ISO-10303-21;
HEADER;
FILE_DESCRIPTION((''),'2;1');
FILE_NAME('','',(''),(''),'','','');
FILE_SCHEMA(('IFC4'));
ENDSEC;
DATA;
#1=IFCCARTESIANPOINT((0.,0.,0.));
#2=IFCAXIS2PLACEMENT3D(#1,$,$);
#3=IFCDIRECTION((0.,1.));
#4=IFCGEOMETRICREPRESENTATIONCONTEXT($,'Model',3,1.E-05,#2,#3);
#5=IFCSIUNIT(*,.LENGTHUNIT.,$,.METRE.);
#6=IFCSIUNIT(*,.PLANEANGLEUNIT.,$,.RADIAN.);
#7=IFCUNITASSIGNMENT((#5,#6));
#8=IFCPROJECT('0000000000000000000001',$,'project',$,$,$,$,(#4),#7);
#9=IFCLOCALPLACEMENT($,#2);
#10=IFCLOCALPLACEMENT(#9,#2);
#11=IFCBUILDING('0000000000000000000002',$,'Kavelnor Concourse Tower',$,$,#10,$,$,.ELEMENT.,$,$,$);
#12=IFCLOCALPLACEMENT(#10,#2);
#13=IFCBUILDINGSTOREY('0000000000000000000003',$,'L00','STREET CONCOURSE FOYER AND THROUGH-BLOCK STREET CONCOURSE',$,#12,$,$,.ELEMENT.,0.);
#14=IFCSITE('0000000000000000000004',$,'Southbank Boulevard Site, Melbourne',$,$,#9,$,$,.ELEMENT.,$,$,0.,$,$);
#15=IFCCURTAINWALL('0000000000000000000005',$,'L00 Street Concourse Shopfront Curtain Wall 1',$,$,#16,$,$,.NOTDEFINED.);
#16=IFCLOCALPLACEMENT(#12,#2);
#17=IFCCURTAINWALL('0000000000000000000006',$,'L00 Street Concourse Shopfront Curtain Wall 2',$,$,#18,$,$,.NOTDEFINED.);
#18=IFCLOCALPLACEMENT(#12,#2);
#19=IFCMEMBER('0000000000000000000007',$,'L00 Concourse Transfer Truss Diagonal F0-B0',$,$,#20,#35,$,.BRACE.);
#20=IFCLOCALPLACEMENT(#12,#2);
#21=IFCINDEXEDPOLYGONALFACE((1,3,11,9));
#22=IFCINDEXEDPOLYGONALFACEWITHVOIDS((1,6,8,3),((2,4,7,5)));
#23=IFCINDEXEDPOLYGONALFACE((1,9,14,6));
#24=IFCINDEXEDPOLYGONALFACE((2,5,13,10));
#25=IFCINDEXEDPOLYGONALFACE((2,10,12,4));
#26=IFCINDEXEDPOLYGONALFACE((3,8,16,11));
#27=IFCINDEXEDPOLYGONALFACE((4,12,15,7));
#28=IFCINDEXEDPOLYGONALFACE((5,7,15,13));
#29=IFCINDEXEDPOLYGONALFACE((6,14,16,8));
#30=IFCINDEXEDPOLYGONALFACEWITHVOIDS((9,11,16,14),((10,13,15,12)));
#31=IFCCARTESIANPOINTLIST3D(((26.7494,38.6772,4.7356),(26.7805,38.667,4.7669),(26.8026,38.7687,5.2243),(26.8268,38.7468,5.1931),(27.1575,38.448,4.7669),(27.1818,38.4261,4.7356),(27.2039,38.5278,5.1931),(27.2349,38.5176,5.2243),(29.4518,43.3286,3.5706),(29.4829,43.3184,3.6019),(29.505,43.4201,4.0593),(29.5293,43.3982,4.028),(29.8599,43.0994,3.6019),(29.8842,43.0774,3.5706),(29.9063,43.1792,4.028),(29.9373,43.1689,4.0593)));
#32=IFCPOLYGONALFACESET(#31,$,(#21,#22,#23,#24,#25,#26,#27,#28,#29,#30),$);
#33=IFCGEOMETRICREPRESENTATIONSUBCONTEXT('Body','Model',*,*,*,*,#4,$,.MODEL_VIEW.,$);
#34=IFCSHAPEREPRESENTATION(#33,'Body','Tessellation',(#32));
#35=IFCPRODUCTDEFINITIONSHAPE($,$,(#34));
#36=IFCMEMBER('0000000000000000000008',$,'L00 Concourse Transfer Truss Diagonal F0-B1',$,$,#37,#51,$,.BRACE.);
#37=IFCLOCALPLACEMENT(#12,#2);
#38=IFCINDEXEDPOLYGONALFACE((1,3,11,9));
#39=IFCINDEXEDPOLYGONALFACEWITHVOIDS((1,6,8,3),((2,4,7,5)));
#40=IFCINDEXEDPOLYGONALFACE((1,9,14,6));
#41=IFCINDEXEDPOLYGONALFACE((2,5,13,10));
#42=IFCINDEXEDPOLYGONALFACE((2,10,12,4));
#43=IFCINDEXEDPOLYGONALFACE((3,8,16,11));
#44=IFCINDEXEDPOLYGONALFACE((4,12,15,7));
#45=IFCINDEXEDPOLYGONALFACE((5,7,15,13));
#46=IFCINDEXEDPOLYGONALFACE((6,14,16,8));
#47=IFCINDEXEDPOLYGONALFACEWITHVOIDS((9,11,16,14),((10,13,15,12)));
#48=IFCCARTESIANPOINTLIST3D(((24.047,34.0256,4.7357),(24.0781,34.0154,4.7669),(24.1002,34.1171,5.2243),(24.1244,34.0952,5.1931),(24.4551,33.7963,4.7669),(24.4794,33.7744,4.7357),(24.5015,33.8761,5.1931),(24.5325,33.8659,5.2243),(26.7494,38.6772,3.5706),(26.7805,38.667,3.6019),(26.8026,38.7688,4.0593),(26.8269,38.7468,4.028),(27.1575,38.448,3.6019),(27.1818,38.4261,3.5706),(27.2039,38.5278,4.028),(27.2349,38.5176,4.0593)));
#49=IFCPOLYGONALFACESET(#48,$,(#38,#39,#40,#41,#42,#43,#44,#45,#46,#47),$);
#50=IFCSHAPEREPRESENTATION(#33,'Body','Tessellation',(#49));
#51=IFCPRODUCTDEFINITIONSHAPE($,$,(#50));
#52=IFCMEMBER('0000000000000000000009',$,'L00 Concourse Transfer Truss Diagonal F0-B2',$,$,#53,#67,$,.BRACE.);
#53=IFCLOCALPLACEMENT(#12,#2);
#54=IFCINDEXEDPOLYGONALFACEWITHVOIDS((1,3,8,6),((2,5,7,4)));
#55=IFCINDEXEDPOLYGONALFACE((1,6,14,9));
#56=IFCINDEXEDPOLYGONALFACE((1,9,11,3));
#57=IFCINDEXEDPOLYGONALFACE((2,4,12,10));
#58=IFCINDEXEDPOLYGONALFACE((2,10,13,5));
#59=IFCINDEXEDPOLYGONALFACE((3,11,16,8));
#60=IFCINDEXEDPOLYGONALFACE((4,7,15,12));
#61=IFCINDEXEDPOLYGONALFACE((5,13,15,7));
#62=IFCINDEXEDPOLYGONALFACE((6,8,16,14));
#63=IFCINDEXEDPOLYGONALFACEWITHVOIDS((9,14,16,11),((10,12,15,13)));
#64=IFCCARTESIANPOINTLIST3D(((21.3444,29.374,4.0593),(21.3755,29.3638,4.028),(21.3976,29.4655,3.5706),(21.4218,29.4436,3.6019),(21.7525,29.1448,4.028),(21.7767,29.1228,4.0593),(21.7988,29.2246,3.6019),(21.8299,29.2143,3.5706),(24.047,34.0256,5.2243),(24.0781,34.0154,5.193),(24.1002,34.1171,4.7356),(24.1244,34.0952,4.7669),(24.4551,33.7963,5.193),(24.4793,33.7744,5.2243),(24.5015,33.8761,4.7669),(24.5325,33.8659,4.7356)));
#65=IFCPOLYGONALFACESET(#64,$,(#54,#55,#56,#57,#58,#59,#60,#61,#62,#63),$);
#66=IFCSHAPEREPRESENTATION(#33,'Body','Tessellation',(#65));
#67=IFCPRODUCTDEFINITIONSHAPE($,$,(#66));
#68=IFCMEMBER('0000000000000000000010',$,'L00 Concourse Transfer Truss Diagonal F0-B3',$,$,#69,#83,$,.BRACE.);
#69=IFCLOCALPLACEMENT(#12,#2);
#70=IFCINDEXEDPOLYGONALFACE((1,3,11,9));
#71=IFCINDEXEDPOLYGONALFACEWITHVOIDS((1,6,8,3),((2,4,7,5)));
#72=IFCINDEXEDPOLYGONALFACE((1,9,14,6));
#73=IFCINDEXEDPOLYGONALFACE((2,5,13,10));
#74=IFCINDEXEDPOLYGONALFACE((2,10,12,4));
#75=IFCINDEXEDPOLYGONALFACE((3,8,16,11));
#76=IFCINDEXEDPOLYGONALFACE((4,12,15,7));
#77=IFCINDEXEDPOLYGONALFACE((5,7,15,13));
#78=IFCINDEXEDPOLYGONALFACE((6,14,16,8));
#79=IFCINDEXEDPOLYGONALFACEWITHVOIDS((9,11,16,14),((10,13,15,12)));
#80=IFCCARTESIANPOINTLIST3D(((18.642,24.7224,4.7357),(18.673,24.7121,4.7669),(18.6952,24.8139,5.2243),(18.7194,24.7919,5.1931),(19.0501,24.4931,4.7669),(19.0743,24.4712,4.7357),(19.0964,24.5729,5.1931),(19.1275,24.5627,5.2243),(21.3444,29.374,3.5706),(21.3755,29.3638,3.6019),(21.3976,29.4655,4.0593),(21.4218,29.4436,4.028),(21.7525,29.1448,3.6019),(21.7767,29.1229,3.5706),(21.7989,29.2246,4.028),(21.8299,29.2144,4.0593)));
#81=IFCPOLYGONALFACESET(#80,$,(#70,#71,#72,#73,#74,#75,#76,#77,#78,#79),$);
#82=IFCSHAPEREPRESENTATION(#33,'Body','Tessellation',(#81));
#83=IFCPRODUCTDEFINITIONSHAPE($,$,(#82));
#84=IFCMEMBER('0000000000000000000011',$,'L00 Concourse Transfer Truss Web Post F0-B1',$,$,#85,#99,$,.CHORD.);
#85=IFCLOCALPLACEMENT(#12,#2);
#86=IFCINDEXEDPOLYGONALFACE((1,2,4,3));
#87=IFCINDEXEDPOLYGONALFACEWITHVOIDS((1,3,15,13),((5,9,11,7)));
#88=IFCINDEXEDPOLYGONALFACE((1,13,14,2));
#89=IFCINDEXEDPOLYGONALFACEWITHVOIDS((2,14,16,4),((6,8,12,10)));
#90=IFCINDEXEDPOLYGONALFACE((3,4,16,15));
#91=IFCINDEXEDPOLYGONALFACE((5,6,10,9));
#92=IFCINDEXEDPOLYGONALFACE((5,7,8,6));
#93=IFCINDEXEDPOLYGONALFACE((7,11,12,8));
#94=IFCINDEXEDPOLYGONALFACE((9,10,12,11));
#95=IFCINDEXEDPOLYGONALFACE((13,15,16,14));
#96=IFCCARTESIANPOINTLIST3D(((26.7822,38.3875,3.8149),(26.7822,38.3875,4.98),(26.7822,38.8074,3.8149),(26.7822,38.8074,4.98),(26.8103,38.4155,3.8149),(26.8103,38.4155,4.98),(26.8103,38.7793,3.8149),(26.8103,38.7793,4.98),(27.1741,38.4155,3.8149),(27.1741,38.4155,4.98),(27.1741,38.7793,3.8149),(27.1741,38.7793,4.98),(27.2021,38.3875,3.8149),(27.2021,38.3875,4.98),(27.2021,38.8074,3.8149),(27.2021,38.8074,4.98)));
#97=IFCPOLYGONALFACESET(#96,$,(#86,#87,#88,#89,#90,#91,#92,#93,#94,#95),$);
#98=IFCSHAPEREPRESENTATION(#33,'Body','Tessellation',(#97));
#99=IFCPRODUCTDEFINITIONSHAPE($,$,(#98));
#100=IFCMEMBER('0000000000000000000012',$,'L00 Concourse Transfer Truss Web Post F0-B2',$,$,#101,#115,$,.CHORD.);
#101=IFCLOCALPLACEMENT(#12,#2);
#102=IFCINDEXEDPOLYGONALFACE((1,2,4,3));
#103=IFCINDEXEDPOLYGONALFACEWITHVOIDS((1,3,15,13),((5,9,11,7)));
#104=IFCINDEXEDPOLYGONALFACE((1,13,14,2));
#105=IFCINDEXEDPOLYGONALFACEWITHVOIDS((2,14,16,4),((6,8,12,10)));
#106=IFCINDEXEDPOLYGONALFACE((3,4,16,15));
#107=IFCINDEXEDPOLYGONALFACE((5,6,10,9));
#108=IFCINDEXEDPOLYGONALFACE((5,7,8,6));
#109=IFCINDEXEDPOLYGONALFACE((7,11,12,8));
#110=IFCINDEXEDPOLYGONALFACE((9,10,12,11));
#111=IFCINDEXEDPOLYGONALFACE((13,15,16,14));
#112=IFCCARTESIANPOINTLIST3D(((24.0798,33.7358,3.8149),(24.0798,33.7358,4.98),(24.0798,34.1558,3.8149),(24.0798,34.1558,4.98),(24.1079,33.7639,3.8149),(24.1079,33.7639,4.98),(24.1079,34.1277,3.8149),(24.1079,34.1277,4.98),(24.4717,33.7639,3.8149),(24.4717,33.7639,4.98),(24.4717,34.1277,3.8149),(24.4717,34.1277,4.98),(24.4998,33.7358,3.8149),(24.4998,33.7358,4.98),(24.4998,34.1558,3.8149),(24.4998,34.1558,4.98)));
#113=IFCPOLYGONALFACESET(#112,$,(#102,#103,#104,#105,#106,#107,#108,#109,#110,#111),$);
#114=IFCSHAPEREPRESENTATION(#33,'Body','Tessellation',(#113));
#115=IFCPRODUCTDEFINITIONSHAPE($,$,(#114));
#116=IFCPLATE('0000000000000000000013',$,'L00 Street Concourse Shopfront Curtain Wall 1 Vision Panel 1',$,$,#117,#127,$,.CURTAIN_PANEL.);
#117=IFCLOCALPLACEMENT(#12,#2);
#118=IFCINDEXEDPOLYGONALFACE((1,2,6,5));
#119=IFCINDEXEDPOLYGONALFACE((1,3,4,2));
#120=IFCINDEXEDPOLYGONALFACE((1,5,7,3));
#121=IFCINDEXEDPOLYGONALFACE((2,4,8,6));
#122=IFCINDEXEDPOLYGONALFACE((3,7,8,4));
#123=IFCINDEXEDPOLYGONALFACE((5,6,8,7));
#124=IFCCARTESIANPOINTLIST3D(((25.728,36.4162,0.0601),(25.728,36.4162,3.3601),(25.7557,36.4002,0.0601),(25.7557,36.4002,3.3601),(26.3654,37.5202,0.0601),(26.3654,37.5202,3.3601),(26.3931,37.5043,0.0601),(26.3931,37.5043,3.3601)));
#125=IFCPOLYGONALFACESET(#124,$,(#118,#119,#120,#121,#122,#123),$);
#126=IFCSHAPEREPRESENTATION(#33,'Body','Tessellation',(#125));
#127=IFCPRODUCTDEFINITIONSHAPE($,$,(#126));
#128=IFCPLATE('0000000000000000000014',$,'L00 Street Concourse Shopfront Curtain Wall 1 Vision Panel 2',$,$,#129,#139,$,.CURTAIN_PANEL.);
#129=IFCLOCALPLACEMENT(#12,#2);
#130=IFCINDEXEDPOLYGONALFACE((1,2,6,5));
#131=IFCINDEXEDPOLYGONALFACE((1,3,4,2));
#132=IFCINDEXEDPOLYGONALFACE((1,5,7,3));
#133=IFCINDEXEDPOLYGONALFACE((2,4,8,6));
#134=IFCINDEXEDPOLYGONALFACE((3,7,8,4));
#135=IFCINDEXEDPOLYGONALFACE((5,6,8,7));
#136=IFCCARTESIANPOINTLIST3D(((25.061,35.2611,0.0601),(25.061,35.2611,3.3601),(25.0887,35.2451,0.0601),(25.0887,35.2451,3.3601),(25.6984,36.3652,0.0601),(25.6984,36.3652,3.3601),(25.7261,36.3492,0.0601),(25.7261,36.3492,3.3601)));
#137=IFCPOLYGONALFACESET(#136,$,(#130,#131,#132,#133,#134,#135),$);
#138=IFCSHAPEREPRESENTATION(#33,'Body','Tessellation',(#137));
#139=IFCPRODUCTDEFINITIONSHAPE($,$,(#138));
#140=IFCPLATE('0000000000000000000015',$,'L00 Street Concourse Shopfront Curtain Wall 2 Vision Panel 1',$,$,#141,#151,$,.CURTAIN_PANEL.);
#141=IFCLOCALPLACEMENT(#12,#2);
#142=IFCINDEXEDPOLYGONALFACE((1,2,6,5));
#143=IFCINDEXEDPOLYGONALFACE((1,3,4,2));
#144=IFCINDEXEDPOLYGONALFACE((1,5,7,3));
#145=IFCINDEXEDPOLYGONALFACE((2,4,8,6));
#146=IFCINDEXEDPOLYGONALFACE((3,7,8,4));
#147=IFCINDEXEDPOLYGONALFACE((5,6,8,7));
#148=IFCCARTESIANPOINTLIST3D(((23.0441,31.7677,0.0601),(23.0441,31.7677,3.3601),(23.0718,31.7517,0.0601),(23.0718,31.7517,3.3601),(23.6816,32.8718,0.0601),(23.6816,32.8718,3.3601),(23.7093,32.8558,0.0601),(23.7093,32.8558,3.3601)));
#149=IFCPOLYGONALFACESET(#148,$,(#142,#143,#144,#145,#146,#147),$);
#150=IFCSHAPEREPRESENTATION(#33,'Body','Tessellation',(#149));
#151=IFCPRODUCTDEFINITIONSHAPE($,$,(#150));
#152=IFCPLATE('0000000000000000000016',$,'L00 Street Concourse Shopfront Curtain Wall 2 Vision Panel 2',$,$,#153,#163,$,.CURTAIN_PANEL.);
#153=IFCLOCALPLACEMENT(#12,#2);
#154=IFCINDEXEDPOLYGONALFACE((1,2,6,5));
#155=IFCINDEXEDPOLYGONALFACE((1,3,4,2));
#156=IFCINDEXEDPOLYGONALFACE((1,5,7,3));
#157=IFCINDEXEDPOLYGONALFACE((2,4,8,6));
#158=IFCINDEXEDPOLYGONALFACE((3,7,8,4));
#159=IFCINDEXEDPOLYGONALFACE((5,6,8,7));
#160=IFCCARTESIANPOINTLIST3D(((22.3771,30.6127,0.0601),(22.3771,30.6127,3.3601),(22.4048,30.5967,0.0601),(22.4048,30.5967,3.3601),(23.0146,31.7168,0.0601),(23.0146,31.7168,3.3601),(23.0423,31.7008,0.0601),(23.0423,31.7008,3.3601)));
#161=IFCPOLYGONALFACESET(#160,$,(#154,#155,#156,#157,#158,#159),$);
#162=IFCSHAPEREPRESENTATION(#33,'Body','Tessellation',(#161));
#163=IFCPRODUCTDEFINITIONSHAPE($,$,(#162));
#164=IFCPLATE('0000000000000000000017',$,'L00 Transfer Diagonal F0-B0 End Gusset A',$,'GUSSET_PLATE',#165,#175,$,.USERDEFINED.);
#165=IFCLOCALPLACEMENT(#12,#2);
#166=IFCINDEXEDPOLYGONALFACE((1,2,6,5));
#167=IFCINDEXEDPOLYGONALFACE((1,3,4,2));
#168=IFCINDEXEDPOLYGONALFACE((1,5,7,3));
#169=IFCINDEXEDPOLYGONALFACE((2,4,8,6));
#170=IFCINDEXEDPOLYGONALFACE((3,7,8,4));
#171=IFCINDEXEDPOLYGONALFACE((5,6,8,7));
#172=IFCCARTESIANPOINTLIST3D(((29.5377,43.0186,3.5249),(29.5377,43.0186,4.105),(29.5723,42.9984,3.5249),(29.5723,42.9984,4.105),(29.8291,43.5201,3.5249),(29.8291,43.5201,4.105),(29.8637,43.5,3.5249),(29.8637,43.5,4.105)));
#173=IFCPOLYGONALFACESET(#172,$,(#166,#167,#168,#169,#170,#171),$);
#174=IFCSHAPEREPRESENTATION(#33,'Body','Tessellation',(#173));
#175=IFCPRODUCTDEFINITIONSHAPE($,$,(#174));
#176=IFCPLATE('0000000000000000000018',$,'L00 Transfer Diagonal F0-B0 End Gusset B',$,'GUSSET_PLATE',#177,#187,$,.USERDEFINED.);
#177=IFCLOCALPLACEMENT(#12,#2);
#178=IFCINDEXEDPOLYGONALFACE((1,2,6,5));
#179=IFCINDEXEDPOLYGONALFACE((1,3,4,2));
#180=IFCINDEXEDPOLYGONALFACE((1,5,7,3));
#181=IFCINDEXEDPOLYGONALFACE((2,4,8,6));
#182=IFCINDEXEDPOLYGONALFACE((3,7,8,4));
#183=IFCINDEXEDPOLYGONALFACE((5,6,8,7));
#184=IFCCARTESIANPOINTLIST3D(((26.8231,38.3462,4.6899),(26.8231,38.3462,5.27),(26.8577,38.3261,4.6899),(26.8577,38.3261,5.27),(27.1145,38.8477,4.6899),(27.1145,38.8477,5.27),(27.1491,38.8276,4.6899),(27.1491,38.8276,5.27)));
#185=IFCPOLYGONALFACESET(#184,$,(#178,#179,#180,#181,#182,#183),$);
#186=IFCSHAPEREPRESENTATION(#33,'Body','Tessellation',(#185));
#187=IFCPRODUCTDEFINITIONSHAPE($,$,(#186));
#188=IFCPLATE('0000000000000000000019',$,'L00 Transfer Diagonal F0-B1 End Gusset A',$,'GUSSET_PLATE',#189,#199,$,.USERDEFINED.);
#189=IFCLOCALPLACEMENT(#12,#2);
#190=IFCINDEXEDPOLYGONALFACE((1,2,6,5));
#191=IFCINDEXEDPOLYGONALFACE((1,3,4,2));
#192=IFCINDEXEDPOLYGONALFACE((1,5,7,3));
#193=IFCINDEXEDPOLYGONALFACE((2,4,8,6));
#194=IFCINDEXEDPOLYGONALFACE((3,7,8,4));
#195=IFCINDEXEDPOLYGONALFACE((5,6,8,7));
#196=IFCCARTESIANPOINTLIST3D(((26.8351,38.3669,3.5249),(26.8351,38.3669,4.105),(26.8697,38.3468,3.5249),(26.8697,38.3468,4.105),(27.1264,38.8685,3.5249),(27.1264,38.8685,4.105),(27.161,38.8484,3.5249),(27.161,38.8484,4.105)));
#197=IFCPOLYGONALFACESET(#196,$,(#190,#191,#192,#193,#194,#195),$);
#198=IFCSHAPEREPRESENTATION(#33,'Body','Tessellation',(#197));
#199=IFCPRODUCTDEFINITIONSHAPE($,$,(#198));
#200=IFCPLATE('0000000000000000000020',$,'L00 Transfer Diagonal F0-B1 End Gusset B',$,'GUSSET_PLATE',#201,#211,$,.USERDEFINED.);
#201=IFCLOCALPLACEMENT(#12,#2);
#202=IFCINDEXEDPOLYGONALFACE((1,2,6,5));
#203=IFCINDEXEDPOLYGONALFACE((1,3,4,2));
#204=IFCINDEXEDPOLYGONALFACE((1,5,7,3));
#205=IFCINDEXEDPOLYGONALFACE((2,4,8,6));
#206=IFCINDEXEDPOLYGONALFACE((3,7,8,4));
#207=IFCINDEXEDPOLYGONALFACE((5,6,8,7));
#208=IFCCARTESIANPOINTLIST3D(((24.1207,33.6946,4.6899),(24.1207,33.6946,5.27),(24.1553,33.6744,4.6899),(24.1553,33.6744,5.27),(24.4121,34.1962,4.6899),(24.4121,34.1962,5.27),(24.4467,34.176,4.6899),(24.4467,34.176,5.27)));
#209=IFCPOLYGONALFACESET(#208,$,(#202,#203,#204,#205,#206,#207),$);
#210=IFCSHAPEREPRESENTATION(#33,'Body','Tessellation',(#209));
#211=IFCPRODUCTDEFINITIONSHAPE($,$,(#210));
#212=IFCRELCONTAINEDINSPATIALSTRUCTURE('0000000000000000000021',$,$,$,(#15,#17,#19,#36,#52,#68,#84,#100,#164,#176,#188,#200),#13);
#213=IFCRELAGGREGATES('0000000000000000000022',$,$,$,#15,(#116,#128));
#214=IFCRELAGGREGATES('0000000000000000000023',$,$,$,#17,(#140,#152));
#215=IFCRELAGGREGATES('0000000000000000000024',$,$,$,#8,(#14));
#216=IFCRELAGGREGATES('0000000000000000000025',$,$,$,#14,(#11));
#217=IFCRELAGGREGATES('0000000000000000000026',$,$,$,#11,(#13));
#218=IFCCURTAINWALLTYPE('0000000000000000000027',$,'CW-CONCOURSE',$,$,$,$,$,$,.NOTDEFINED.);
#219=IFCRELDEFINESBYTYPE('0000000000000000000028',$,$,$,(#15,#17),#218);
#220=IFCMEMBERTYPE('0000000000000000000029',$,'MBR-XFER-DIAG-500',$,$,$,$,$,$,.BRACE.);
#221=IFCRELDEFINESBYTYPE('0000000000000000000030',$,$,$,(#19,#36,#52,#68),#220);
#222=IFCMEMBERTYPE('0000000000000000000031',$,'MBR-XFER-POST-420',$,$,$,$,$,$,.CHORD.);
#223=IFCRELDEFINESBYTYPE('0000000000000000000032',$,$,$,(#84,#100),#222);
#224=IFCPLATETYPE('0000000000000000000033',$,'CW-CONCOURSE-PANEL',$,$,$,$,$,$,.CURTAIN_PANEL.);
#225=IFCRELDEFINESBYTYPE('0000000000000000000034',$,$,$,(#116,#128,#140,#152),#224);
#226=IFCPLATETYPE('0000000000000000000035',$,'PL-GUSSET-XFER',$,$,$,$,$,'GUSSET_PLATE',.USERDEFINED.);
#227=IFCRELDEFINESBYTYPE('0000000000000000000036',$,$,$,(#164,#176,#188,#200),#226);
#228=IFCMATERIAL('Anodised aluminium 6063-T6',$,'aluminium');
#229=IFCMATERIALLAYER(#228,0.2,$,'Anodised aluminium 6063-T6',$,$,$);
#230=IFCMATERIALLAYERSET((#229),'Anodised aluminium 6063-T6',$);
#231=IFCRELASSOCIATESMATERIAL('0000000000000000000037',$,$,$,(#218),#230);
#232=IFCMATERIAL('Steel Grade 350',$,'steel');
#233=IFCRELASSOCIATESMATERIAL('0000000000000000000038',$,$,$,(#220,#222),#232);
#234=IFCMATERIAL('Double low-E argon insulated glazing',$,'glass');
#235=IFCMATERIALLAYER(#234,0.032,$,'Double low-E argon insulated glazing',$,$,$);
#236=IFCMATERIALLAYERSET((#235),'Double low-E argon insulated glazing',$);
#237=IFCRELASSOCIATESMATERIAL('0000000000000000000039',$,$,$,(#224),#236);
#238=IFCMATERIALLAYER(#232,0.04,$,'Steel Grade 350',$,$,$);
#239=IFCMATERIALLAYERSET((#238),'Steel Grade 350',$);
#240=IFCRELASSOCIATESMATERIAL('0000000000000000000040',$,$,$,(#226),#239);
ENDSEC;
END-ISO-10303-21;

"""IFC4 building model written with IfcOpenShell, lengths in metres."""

from ifc_helpers import new_model, si_unit, direction, frame, origin, origin_2d, place, context, subcontext, project, spatial, rectangle, hollow_rectangle, extrude, material, layer, layer_set, material_profile, profile_set, type_object, element, aggregate, save


model = new_model("IFC4")

# Units and contexts
model_context = context("Model", 3, precision=1e-05, world=origin(), true_north=direction((0.0, 1.0)))
body_context = subcontext(model_context, "Body", "Model", "MODEL_VIEW")
ifc_project = project(units=[si_unit("LENGTHUNIT", "METRE"), si_unit("PLANEANGLEUNIT", "RADIAN")], contexts=[model_context])

# Site, building, storey
site_placement = place(None, origin())
site = spatial("IfcSite", under=ifc_project, at=site_placement, Name="Southbank Boulevard Site, Melbourne", CompositionType="ELEMENT", RefElevation=0.0)
building_placement = place(site_placement, origin())
building = spatial("IfcBuilding", under=site, at=building_placement, Name="Kavelnor Concourse Tower", CompositionType="ELEMENT")
storey_placement = place(building_placement, origin())
storey = spatial("IfcBuildingStorey", under=building, at=storey_placement, Name="L00", Description="STREET CONCOURSE FOYER AND THROUGH-BLOCK STREET CONCOURSE", CompositionType="ELEMENT", Elevation=0.0)

# Shared definitions
ifc_material_1 = material(Name="Steel Grade 350", Category="steel")

# Curtain walls
ifc_material_2 = material(Name="Anodised aluminium 6063-T6", Category="aluminium")
ifc_layer_1 = layer(ifc_material_2, 0.2, Name="Anodised aluminium 6063-T6")
ifc_layer_set_1 = layer_set([ifc_layer_1], Name="Anodised aluminium 6063-T6")
curtain_wall_type = type_object("IfcCurtainWallType", Name="CW-CONCOURSE", PredefinedType="NOTDEFINED", material=ifc_layer_set_1)
curtain_wall_1_placement = place(storey_placement, origin())
curtain_wall_1 = element("IfcCurtainWall", 1, at=curtain_wall_1_placement, inside=storey, type_object=curtain_wall_type, Name="L00 Street Concourse Shopfront Curtain Wall 1", PredefinedType="NOTDEFINED")
curtain_wall_2_placement = place(storey_placement, origin())
curtain_wall_2 = element("IfcCurtainWall", 2, at=curtain_wall_2_placement, inside=storey, type_object=curtain_wall_type, Name="L00 Street Concourse Shopfront Curtain Wall 2", PredefinedType="NOTDEFINED")

# Members
ifc_material_profile_1 = material_profile(ifc_material_1, hollow_rectangle(XDim=0.5, YDim=0.5, WallThickness=0.032, at=origin_2d()), Name="SHS 500x500x32")
ifc_profile_set_1 = profile_set([ifc_material_profile_1], Name="Steel Grade 350")
member_type_1 = type_object("IfcMemberType", Name="MBR-XFER-DIAG-500", PredefinedType="BRACE", material=ifc_profile_set_1)
member_1_placement = place(storey_placement, frame((29.6946, 43.2488, 3.8149), z_axis=(-0.490975, -0.845068, 0.211666), x_axis=(0.86466, -0.502358, 0.0)))
element("IfcMember", 3, at=member_1_placement, inside=storey, type_object=member_type_1, Name="L00 Concourse Transfer Truss Diagonal F0-B0", PredefinedType="BRACE", context=body_context, shape_type="SweptSolid", body=[
    extrude(hollow_rectangle(XDim=0.5, YDim=0.5, WallThickness=0.032, at=origin_2d()), origin(), (0.0, 0.0, 1.0), 5.5042),
])
for number, where, z_axis, x_axis, name in (
    (4, (26.9922, 38.5974, 3.8149), (-0.490957, -0.845081, 0.211658), (0.864671, -0.502338, 0.0), "L00 Concourse Transfer Truss Diagonal F0-B1"),
    (5, (21.5872, 29.2942, 3.8149), (0.490991, 0.845063, 0.211654), (-0.864652, 0.502372, 0.0), "L00 Concourse Transfer Truss Diagonal F0-B2"),
    (6, (21.5872, 29.2942, 3.8149), (-0.490957, -0.845081, 0.211658), (0.864671, -0.502338, 0.0), "L00 Concourse Transfer Truss Diagonal F0-B3"),
):
    element("IfcMember", number, at=place(storey_placement, frame(where, z_axis=z_axis, x_axis=x_axis)), inside=storey, type_object=member_type_1, Name=name, PredefinedType="BRACE", context=body_context, shape_type="SweptSolid", body=[
        extrude(hollow_rectangle(XDim=0.5, YDim=0.5, WallThickness=0.032, at=origin_2d()), origin(), (0.0, 0.0, 1.0), 5.5044),
    ])
ifc_material_profile_2 = material_profile(ifc_material_1, hollow_rectangle(XDim=0.4199, YDim=0.4199, WallThickness=0.0281, at=origin_2d()), Name="SHS 420x420x28")
ifc_profile_set_2 = profile_set([ifc_material_profile_2], Name="Steel Grade 350")
member_type_2 = type_object("IfcMemberType", Name="MBR-XFER-POST-420", PredefinedType="CHORD", material=ifc_profile_set_2)
for number, where, z_axis, x_axis, name in (
    (7, (26.9922, 38.5974, 3.8149), (0.0, 0.0, 1.0), (1.0, 0.0, 0.0), "L00 Concourse Transfer Truss Web Post F0-B1"),
    (8, (24.2898, 33.9458, 3.8149), (0.0, 0.0, 1.0), (1.0, 0.0, 0.0), "L00 Concourse Transfer Truss Web Post F0-B2"),
):
    element("IfcMember", number, at=place(storey_placement, frame(where, z_axis=z_axis, x_axis=x_axis)), inside=storey, type_object=member_type_2, Name=name, PredefinedType="CHORD", context=body_context, shape_type="SweptSolid", body=[
        extrude(hollow_rectangle(XDim=0.4199, YDim=0.4199, WallThickness=0.0281, at=origin_2d()), origin(), (0.0, 0.0, 1.0), 1.165),
    ])

# Plates
ifc_material_3 = material(Name="Double low-E argon insulated glazing", Category="glass")
ifc_layer_2 = layer(ifc_material_3, 0.032, Name="Double low-E argon insulated glazing")
ifc_layer_set_2 = layer_set([ifc_layer_2], Name="Double low-E argon insulated glazing")
plate_type_1 = type_object("IfcPlateType", Name="CW-CONCOURSE-PANEL", PredefinedType="CURTAIN_PANEL", material=ifc_layer_set_2)
plate_1_placement = place(storey_placement, frame((26.0605, 36.9602, 0.0601), z_axis=(0.0, 0.0, 1.0), x_axis=(-0.5, -0.866025, 0.0)))
plate_1 = element("IfcPlate", 9, at=plate_1_placement, type_object=plate_type_1, Name="L00 Street Concourse Shopfront Curtain Wall 1 Vision Panel 1", PredefinedType="CURTAIN_PANEL", context=body_context, shape_type="SweptSolid", body=[
    extrude(rectangle(XDim=1.2749, YDim=0.032, at=origin_2d()), origin(), (0.0, 0.0, 1.0), 3.3),
])
plate_2_placement = place(storey_placement, frame((25.3936, 35.8052, 0.0601), z_axis=(0.0, 0.0, 1.0), x_axis=(-0.5, -0.866025, 0.0)))
plate_2 = element("IfcPlate", 10, at=plate_2_placement, type_object=plate_type_1, Name="L00 Street Concourse Shopfront Curtain Wall 1 Vision Panel 2", PredefinedType="CURTAIN_PANEL", context=body_context, shape_type="SweptSolid", body=[
    extrude(rectangle(XDim=1.2749, YDim=0.032, at=origin_2d()), origin(), (0.0, 0.0, 1.0), 3.3),
])
aggregate(curtain_wall_1, [plate_1, plate_2])
plate_3_placement = place(storey_placement, frame((23.3767, 32.3118, 0.0601), z_axis=(0.0, 0.0, 1.0), x_axis=(-0.5, -0.866025, 0.0)))
plate_3 = element("IfcPlate", 11, at=plate_3_placement, type_object=plate_type_1, Name="L00 Street Concourse Shopfront Curtain Wall 2 Vision Panel 1", PredefinedType="CURTAIN_PANEL", context=body_context, shape_type="SweptSolid", body=[
    extrude(rectangle(XDim=1.2749, YDim=0.032, at=origin_2d()), origin(), (0.0, 0.0, 1.0), 3.3),
])
plate_4_placement = place(storey_placement, frame((22.7097, 31.1567, 0.0601), z_axis=(0.0, 0.0, 1.0), x_axis=(-0.5, -0.866025, 0.0)))
plate_4 = element("IfcPlate", 12, at=plate_4_placement, type_object=plate_type_1, Name="L00 Street Concourse Shopfront Curtain Wall 2 Vision Panel 2", PredefinedType="CURTAIN_PANEL", context=body_context, shape_type="SweptSolid", body=[
    extrude(rectangle(XDim=1.2749, YDim=0.032, at=origin_2d()), origin(), (0.0, 0.0, 1.0), 3.3),
])
aggregate(curtain_wall_2, [plate_3, plate_4])

# Plates
ifc_layer_3 = layer(ifc_material_1, 0.04, Name="Steel Grade 350")
ifc_layer_set_3 = layer_set([ifc_layer_3], Name="Steel Grade 350")
plate_type_2 = type_object("IfcPlateType", Name="PL-GUSSET-XFER", ElementType="GUSSET_PLATE", PredefinedType="USERDEFINED", material=ifc_layer_set_3)
for number, where, z_axis, x_axis, name in (
    (13, (29.7007, 43.2593, 3.5249), (0.0, 0.0, 1.0), (-0.502416, -0.864626, 0.0), "L00 Transfer Diagonal F0-B0 End Gusset A"),
    (14, (26.9861, 38.5869, 4.6899), (0.0, 0.0, 1.0), (-0.502416, -0.864626, 0.0), "L00 Transfer Diagonal F0-B0 End Gusset B"),
    (15, (26.998, 38.6077, 3.5249), (0.0, 0.0, 1.0), (-0.502266, -0.864713, 0.0), "L00 Transfer Diagonal F0-B1 End Gusset A"),
    (16, (24.2837, 33.9353, 4.6899), (0.0, 0.0, 1.0), (-0.502266, -0.864713, 0.0), "L00 Transfer Diagonal F0-B1 End Gusset B"),
):
    element("IfcPlate", number, at=place(storey_placement, frame(where, z_axis=z_axis, x_axis=x_axis)), inside=storey, type_object=plate_type_2, Name=name, ObjectType="GUSSET_PLATE", PredefinedType="USERDEFINED", context=body_context, shape_type="SweptSolid", body=[
        extrude(rectangle(XDim=0.5801, YDim=0.04, at=origin_2d()), origin(), (0.0, 0.0, 1.0), 0.5801),
    ])

save(model, "model.ifc")
